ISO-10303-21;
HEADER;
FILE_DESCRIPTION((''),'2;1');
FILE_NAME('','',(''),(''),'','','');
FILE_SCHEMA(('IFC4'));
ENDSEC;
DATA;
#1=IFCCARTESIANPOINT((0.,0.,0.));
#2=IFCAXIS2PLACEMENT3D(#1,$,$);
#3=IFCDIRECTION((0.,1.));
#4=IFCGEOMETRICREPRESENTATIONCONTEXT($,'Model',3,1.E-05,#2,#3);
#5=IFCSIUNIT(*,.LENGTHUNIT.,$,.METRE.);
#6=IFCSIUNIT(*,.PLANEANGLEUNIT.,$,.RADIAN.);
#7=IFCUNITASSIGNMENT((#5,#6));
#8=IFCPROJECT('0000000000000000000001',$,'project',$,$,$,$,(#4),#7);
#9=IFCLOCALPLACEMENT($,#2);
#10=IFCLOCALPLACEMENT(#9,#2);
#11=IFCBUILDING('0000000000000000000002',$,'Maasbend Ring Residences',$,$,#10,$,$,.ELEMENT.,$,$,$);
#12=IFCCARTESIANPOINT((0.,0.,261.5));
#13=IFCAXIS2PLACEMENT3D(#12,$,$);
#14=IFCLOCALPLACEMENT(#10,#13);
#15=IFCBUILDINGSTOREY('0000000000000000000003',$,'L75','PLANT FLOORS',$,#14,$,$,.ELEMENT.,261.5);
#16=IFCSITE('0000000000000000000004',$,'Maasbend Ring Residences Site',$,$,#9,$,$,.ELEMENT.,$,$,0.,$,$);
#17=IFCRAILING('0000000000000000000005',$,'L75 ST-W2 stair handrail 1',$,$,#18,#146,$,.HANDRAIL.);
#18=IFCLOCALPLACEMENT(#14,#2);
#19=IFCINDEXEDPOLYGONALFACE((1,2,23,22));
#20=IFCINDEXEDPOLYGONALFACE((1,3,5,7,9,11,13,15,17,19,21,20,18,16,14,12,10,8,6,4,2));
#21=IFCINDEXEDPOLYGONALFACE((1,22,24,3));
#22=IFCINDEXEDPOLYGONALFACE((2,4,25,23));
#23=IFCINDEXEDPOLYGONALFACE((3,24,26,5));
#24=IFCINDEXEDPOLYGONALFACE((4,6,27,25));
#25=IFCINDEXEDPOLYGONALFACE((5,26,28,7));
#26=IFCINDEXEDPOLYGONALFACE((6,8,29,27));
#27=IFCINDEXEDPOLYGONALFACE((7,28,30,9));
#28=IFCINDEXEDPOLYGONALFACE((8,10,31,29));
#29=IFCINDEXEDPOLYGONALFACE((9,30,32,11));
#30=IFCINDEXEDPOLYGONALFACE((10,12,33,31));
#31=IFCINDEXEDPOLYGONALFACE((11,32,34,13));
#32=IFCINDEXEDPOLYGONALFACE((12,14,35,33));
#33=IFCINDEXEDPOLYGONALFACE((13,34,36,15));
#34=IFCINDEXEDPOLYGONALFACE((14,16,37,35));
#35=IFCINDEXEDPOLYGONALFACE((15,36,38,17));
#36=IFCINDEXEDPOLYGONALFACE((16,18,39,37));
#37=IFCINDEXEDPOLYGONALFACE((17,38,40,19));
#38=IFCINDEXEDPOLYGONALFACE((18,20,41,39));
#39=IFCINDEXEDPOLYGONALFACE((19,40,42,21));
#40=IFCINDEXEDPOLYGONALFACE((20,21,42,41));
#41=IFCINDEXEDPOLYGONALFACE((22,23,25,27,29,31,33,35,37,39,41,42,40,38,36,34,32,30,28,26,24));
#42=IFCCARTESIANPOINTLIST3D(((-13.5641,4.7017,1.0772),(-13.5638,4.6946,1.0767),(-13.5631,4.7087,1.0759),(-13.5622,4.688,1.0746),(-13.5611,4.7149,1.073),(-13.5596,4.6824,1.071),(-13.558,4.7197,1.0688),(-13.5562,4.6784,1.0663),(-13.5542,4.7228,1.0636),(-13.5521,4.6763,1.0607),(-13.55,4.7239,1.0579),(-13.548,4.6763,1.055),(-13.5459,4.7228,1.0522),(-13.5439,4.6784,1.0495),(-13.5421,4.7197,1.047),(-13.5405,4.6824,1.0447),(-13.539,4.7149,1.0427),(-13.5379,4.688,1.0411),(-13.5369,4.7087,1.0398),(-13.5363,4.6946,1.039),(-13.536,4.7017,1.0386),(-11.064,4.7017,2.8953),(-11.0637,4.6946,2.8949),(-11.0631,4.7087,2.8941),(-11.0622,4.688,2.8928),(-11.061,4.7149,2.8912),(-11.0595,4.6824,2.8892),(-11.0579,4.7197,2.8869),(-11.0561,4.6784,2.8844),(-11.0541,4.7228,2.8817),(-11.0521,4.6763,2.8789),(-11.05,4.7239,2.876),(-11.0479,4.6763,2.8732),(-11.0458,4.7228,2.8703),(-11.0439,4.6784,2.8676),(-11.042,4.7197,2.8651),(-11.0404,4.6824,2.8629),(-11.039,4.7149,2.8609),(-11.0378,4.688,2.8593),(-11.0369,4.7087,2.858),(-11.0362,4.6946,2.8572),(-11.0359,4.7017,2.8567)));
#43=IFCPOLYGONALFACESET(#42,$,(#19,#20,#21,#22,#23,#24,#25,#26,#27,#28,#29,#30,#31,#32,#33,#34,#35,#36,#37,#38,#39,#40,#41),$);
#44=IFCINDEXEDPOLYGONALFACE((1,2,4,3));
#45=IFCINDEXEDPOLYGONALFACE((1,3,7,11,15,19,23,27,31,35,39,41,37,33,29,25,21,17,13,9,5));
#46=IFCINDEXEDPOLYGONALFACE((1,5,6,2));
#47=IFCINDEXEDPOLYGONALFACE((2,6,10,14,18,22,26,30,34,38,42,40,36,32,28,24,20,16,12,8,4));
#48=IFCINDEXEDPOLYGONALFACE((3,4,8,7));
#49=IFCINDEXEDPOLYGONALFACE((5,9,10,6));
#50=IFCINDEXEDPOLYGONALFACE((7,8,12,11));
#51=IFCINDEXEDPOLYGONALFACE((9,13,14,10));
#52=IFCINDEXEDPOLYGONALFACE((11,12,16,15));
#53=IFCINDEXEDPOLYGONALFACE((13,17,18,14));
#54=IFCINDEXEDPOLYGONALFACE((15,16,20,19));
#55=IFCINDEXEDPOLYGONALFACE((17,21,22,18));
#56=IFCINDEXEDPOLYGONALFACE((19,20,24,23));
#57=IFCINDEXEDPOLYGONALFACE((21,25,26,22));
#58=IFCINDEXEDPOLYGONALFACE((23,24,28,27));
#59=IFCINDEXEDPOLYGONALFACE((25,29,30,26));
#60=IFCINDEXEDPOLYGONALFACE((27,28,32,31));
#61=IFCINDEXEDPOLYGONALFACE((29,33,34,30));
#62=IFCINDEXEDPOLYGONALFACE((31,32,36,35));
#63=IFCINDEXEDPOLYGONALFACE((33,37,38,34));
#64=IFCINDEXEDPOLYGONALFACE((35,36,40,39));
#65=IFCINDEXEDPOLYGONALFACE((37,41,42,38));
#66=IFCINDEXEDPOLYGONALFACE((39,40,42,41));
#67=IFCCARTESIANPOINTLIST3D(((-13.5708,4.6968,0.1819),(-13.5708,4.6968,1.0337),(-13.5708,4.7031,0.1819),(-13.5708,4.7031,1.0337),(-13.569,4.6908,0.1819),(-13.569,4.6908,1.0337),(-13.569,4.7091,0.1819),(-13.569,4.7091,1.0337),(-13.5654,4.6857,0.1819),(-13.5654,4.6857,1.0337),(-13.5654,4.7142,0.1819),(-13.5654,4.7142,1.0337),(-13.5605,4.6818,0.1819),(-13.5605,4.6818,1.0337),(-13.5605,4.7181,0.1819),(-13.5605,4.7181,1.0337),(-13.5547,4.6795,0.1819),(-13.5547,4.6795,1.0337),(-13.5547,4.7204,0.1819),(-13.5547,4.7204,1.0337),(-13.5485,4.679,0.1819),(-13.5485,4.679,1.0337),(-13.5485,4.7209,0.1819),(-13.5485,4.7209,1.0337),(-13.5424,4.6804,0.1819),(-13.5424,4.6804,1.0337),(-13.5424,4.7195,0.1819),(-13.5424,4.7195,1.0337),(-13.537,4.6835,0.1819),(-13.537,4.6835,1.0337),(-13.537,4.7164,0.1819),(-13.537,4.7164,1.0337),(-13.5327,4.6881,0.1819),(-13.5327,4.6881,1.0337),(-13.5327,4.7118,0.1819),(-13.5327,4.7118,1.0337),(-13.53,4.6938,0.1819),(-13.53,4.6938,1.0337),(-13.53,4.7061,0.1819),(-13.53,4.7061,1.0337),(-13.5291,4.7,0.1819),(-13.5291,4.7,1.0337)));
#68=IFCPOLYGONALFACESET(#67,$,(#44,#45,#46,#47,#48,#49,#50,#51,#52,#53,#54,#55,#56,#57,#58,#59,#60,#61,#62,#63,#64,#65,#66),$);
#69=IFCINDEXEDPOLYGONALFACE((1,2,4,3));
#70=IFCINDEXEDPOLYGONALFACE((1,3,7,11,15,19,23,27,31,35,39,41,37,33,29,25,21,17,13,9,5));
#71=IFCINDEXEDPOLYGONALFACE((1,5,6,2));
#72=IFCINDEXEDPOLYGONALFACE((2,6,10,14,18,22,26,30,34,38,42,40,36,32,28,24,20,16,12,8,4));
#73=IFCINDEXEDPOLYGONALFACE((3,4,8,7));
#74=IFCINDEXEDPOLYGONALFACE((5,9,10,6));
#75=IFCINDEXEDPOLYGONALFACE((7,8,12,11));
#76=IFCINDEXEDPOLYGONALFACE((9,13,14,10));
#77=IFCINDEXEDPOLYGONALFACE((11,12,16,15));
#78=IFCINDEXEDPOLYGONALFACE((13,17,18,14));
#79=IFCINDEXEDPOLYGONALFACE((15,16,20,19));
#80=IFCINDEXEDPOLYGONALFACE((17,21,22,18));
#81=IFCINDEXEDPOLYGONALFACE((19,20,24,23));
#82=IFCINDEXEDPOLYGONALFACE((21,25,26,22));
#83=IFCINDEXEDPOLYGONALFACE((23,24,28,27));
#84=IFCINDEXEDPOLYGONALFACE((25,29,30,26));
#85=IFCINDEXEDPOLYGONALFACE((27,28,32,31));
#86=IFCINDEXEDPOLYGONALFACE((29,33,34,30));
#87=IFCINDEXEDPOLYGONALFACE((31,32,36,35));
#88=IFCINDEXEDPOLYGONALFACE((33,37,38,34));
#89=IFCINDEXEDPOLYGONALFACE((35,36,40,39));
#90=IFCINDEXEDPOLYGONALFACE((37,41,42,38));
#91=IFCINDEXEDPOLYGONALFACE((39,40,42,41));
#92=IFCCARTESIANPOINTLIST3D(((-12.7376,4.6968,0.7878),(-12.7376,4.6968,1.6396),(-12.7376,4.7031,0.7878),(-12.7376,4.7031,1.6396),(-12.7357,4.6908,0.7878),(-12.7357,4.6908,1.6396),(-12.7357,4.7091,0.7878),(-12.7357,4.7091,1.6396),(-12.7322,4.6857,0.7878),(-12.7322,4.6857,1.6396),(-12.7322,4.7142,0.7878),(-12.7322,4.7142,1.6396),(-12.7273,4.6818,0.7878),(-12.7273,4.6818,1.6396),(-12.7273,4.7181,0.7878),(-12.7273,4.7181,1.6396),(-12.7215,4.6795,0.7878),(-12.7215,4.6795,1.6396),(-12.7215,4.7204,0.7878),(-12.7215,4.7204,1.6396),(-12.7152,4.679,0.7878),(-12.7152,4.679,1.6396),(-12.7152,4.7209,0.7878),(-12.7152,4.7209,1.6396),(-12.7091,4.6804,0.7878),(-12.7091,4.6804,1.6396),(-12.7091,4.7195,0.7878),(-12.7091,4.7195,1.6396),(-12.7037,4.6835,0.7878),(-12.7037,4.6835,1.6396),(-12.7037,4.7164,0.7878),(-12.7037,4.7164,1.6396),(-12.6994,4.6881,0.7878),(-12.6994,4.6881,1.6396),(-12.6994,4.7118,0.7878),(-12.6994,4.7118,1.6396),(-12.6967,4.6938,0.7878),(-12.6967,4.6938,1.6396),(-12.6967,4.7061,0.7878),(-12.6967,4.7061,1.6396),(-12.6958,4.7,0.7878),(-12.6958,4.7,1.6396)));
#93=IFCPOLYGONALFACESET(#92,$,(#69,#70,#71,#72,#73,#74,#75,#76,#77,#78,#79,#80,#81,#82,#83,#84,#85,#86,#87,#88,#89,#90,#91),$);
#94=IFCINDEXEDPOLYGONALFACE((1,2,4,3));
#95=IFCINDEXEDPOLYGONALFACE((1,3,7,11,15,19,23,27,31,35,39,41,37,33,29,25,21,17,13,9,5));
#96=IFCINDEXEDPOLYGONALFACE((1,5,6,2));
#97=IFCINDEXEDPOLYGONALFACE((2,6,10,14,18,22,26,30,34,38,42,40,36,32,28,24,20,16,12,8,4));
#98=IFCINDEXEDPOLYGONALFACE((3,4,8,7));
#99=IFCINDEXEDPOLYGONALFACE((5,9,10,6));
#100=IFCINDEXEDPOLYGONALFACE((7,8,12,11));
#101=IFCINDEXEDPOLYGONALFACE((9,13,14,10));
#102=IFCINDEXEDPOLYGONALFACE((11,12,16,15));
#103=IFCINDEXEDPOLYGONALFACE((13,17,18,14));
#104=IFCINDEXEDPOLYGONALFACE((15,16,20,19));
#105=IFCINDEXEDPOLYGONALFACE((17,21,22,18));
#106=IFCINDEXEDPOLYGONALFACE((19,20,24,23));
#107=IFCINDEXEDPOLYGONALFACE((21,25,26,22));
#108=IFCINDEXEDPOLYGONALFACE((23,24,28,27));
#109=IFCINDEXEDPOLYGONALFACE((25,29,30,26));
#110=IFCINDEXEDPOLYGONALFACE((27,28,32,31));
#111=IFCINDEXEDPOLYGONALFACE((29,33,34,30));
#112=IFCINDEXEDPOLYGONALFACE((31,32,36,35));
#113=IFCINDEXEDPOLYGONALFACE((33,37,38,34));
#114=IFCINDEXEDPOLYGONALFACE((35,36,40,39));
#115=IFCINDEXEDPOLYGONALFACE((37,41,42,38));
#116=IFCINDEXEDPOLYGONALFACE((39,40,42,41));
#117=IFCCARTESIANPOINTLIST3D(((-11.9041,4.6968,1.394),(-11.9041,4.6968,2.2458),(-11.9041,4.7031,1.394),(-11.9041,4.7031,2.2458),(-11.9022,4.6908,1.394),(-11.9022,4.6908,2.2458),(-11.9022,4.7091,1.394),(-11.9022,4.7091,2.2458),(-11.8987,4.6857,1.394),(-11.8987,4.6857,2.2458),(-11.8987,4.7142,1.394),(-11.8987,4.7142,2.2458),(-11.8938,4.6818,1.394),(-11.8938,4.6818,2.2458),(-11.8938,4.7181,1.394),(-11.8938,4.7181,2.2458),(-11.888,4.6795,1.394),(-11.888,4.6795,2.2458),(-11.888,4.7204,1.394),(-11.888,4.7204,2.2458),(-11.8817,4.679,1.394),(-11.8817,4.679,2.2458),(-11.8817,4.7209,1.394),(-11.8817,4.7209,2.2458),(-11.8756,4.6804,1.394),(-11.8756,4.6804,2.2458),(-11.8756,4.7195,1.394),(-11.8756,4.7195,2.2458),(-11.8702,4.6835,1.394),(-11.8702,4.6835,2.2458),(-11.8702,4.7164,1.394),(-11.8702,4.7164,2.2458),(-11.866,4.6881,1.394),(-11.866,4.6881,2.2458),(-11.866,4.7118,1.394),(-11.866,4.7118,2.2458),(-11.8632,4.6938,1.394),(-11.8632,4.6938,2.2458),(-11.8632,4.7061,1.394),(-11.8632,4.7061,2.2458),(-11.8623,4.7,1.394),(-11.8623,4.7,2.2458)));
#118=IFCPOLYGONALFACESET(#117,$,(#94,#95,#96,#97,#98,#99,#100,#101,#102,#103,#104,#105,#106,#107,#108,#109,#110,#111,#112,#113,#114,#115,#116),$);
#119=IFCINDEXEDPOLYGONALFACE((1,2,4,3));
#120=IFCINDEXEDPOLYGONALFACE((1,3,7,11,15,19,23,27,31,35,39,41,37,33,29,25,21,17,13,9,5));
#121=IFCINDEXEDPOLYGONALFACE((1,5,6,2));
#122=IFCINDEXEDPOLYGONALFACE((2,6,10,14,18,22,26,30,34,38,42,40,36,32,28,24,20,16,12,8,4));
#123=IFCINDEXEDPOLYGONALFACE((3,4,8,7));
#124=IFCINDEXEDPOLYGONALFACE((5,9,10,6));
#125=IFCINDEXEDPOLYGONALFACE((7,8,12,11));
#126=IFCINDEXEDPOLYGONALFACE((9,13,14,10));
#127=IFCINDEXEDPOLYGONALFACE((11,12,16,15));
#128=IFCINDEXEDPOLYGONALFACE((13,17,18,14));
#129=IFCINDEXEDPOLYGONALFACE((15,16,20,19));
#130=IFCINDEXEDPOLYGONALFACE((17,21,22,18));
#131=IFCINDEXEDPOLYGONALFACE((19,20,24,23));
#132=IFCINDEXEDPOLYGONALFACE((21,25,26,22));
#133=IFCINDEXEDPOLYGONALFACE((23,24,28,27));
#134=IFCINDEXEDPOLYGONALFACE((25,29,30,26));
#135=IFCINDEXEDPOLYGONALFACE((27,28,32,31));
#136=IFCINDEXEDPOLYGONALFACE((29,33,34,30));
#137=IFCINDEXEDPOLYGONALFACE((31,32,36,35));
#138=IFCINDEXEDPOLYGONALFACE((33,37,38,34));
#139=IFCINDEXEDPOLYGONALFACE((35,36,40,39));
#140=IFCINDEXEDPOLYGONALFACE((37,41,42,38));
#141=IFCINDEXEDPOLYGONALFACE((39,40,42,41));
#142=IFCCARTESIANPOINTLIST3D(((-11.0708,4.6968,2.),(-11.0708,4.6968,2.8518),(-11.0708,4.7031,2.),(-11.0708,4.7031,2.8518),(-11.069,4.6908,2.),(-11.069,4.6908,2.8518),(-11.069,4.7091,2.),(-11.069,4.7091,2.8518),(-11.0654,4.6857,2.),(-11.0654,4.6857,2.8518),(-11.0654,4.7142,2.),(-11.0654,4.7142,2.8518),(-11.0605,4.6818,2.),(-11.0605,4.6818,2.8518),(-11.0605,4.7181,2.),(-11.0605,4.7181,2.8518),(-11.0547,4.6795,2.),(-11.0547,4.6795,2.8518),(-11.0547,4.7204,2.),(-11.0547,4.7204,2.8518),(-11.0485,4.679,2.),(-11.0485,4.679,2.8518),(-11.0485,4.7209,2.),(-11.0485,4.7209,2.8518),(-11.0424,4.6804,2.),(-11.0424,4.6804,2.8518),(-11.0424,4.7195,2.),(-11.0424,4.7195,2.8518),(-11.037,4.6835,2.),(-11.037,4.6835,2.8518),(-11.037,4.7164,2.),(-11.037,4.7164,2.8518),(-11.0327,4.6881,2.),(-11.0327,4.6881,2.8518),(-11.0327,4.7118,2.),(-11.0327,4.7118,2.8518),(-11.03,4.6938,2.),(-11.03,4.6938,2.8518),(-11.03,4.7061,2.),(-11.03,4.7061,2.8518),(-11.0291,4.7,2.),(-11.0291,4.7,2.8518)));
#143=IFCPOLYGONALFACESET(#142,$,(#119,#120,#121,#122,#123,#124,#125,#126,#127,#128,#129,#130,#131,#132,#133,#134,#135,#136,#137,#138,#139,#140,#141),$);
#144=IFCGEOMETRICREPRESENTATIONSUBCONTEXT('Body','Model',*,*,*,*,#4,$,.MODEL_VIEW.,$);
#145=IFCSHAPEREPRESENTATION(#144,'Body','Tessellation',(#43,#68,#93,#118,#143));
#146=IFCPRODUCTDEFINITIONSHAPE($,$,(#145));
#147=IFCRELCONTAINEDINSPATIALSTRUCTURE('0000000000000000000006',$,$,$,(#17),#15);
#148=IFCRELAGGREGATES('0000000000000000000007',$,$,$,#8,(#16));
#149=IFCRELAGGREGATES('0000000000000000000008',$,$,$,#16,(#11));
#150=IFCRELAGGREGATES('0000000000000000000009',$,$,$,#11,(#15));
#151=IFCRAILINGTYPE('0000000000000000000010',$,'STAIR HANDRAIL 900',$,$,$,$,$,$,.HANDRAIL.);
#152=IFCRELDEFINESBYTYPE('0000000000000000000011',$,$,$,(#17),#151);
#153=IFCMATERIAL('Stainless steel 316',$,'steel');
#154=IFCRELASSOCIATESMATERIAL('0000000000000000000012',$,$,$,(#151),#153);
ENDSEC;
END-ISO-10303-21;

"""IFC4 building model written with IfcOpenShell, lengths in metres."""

from ifc_helpers import new_model, si_unit, direction, frame, origin, origin_2d, place, context, subcontext, project, spatial, circle, extrude, material, type_object, element, save


model = new_model("IFC4")

# Units and contexts
model_context = context("Model", 3, precision=1e-05, world=origin(), true_north=direction((0.0, 1.0)))
body_context = subcontext(model_context, "Body", "Model", "MODEL_VIEW")
ifc_project = project(units=[si_unit("LENGTHUNIT", "METRE"), si_unit("PLANEANGLEUNIT", "RADIAN")], contexts=[model_context])

# Site, building, storey
site_placement = place(None, origin())
site = spatial("IfcSite", under=ifc_project, at=site_placement, Name="Maasbend Ring Residences Site", CompositionType="ELEMENT", RefElevation=0.0)
building_placement = place(site_placement, origin())
building = spatial("IfcBuilding", under=site, at=building_placement, Name="Maasbend Ring Residences", CompositionType="ELEMENT")
storey_placement = place(building_placement, frame((0.0, 0.0, 261.5)))
storey = spatial("IfcBuildingStorey", under=building, at=storey_placement, Name="L75", Description="PLANT FLOORS", CompositionType="ELEMENT", Elevation=261.5)

# Railing
ifc_material_1 = material(Name="Stainless steel 316", Category="steel")
railing_type_1 = type_object("IfcRailingType", Name="STAIR HANDRAIL 900", PredefinedType="HANDRAIL", material=ifc_material_1)
railing_1_placement = place(storey_placement, frame((-13.55, 4.7, 0.1819)))
element("IfcRailing", 1, at=railing_1_placement, inside=storey, type_object=railing_type_1, Name="L75 ST-W2 stair handrail 1", PredefinedType="HANDRAIL", context=body_context, shape_type="SweptSolid", body=[
    extrude(circle(Radius=0.0239, at=origin_2d()), frame((0.0, 0.0, 0.876), z_axis=(0.808746, 0.0, 0.588158), x_axis=(0.0, 1.0, 0.0)), (0.0, 0.0, 1.0), 3.0913),
    extrude(circle(Radius=0.021, at=origin_2d()), origin(), (0.0, 0.0, 1.0), 0.8518),
    extrude(circle(Radius=0.021, at=origin_2d()), frame((0.8333, 0.0, 0.606)), (0.0, 0.0, 1.0), 0.8518),
    extrude(circle(Radius=0.021, at=origin_2d()), frame((1.6667, 0.0, 1.2122)), (0.0, 0.0, 1.0), 0.8518),
    extrude(circle(Radius=0.021, at=origin_2d()), frame((2.5, 0.0, 1.8181)), (0.0, 0.0, 1.0), 0.8518),
])

save(model, "model.ifc")
